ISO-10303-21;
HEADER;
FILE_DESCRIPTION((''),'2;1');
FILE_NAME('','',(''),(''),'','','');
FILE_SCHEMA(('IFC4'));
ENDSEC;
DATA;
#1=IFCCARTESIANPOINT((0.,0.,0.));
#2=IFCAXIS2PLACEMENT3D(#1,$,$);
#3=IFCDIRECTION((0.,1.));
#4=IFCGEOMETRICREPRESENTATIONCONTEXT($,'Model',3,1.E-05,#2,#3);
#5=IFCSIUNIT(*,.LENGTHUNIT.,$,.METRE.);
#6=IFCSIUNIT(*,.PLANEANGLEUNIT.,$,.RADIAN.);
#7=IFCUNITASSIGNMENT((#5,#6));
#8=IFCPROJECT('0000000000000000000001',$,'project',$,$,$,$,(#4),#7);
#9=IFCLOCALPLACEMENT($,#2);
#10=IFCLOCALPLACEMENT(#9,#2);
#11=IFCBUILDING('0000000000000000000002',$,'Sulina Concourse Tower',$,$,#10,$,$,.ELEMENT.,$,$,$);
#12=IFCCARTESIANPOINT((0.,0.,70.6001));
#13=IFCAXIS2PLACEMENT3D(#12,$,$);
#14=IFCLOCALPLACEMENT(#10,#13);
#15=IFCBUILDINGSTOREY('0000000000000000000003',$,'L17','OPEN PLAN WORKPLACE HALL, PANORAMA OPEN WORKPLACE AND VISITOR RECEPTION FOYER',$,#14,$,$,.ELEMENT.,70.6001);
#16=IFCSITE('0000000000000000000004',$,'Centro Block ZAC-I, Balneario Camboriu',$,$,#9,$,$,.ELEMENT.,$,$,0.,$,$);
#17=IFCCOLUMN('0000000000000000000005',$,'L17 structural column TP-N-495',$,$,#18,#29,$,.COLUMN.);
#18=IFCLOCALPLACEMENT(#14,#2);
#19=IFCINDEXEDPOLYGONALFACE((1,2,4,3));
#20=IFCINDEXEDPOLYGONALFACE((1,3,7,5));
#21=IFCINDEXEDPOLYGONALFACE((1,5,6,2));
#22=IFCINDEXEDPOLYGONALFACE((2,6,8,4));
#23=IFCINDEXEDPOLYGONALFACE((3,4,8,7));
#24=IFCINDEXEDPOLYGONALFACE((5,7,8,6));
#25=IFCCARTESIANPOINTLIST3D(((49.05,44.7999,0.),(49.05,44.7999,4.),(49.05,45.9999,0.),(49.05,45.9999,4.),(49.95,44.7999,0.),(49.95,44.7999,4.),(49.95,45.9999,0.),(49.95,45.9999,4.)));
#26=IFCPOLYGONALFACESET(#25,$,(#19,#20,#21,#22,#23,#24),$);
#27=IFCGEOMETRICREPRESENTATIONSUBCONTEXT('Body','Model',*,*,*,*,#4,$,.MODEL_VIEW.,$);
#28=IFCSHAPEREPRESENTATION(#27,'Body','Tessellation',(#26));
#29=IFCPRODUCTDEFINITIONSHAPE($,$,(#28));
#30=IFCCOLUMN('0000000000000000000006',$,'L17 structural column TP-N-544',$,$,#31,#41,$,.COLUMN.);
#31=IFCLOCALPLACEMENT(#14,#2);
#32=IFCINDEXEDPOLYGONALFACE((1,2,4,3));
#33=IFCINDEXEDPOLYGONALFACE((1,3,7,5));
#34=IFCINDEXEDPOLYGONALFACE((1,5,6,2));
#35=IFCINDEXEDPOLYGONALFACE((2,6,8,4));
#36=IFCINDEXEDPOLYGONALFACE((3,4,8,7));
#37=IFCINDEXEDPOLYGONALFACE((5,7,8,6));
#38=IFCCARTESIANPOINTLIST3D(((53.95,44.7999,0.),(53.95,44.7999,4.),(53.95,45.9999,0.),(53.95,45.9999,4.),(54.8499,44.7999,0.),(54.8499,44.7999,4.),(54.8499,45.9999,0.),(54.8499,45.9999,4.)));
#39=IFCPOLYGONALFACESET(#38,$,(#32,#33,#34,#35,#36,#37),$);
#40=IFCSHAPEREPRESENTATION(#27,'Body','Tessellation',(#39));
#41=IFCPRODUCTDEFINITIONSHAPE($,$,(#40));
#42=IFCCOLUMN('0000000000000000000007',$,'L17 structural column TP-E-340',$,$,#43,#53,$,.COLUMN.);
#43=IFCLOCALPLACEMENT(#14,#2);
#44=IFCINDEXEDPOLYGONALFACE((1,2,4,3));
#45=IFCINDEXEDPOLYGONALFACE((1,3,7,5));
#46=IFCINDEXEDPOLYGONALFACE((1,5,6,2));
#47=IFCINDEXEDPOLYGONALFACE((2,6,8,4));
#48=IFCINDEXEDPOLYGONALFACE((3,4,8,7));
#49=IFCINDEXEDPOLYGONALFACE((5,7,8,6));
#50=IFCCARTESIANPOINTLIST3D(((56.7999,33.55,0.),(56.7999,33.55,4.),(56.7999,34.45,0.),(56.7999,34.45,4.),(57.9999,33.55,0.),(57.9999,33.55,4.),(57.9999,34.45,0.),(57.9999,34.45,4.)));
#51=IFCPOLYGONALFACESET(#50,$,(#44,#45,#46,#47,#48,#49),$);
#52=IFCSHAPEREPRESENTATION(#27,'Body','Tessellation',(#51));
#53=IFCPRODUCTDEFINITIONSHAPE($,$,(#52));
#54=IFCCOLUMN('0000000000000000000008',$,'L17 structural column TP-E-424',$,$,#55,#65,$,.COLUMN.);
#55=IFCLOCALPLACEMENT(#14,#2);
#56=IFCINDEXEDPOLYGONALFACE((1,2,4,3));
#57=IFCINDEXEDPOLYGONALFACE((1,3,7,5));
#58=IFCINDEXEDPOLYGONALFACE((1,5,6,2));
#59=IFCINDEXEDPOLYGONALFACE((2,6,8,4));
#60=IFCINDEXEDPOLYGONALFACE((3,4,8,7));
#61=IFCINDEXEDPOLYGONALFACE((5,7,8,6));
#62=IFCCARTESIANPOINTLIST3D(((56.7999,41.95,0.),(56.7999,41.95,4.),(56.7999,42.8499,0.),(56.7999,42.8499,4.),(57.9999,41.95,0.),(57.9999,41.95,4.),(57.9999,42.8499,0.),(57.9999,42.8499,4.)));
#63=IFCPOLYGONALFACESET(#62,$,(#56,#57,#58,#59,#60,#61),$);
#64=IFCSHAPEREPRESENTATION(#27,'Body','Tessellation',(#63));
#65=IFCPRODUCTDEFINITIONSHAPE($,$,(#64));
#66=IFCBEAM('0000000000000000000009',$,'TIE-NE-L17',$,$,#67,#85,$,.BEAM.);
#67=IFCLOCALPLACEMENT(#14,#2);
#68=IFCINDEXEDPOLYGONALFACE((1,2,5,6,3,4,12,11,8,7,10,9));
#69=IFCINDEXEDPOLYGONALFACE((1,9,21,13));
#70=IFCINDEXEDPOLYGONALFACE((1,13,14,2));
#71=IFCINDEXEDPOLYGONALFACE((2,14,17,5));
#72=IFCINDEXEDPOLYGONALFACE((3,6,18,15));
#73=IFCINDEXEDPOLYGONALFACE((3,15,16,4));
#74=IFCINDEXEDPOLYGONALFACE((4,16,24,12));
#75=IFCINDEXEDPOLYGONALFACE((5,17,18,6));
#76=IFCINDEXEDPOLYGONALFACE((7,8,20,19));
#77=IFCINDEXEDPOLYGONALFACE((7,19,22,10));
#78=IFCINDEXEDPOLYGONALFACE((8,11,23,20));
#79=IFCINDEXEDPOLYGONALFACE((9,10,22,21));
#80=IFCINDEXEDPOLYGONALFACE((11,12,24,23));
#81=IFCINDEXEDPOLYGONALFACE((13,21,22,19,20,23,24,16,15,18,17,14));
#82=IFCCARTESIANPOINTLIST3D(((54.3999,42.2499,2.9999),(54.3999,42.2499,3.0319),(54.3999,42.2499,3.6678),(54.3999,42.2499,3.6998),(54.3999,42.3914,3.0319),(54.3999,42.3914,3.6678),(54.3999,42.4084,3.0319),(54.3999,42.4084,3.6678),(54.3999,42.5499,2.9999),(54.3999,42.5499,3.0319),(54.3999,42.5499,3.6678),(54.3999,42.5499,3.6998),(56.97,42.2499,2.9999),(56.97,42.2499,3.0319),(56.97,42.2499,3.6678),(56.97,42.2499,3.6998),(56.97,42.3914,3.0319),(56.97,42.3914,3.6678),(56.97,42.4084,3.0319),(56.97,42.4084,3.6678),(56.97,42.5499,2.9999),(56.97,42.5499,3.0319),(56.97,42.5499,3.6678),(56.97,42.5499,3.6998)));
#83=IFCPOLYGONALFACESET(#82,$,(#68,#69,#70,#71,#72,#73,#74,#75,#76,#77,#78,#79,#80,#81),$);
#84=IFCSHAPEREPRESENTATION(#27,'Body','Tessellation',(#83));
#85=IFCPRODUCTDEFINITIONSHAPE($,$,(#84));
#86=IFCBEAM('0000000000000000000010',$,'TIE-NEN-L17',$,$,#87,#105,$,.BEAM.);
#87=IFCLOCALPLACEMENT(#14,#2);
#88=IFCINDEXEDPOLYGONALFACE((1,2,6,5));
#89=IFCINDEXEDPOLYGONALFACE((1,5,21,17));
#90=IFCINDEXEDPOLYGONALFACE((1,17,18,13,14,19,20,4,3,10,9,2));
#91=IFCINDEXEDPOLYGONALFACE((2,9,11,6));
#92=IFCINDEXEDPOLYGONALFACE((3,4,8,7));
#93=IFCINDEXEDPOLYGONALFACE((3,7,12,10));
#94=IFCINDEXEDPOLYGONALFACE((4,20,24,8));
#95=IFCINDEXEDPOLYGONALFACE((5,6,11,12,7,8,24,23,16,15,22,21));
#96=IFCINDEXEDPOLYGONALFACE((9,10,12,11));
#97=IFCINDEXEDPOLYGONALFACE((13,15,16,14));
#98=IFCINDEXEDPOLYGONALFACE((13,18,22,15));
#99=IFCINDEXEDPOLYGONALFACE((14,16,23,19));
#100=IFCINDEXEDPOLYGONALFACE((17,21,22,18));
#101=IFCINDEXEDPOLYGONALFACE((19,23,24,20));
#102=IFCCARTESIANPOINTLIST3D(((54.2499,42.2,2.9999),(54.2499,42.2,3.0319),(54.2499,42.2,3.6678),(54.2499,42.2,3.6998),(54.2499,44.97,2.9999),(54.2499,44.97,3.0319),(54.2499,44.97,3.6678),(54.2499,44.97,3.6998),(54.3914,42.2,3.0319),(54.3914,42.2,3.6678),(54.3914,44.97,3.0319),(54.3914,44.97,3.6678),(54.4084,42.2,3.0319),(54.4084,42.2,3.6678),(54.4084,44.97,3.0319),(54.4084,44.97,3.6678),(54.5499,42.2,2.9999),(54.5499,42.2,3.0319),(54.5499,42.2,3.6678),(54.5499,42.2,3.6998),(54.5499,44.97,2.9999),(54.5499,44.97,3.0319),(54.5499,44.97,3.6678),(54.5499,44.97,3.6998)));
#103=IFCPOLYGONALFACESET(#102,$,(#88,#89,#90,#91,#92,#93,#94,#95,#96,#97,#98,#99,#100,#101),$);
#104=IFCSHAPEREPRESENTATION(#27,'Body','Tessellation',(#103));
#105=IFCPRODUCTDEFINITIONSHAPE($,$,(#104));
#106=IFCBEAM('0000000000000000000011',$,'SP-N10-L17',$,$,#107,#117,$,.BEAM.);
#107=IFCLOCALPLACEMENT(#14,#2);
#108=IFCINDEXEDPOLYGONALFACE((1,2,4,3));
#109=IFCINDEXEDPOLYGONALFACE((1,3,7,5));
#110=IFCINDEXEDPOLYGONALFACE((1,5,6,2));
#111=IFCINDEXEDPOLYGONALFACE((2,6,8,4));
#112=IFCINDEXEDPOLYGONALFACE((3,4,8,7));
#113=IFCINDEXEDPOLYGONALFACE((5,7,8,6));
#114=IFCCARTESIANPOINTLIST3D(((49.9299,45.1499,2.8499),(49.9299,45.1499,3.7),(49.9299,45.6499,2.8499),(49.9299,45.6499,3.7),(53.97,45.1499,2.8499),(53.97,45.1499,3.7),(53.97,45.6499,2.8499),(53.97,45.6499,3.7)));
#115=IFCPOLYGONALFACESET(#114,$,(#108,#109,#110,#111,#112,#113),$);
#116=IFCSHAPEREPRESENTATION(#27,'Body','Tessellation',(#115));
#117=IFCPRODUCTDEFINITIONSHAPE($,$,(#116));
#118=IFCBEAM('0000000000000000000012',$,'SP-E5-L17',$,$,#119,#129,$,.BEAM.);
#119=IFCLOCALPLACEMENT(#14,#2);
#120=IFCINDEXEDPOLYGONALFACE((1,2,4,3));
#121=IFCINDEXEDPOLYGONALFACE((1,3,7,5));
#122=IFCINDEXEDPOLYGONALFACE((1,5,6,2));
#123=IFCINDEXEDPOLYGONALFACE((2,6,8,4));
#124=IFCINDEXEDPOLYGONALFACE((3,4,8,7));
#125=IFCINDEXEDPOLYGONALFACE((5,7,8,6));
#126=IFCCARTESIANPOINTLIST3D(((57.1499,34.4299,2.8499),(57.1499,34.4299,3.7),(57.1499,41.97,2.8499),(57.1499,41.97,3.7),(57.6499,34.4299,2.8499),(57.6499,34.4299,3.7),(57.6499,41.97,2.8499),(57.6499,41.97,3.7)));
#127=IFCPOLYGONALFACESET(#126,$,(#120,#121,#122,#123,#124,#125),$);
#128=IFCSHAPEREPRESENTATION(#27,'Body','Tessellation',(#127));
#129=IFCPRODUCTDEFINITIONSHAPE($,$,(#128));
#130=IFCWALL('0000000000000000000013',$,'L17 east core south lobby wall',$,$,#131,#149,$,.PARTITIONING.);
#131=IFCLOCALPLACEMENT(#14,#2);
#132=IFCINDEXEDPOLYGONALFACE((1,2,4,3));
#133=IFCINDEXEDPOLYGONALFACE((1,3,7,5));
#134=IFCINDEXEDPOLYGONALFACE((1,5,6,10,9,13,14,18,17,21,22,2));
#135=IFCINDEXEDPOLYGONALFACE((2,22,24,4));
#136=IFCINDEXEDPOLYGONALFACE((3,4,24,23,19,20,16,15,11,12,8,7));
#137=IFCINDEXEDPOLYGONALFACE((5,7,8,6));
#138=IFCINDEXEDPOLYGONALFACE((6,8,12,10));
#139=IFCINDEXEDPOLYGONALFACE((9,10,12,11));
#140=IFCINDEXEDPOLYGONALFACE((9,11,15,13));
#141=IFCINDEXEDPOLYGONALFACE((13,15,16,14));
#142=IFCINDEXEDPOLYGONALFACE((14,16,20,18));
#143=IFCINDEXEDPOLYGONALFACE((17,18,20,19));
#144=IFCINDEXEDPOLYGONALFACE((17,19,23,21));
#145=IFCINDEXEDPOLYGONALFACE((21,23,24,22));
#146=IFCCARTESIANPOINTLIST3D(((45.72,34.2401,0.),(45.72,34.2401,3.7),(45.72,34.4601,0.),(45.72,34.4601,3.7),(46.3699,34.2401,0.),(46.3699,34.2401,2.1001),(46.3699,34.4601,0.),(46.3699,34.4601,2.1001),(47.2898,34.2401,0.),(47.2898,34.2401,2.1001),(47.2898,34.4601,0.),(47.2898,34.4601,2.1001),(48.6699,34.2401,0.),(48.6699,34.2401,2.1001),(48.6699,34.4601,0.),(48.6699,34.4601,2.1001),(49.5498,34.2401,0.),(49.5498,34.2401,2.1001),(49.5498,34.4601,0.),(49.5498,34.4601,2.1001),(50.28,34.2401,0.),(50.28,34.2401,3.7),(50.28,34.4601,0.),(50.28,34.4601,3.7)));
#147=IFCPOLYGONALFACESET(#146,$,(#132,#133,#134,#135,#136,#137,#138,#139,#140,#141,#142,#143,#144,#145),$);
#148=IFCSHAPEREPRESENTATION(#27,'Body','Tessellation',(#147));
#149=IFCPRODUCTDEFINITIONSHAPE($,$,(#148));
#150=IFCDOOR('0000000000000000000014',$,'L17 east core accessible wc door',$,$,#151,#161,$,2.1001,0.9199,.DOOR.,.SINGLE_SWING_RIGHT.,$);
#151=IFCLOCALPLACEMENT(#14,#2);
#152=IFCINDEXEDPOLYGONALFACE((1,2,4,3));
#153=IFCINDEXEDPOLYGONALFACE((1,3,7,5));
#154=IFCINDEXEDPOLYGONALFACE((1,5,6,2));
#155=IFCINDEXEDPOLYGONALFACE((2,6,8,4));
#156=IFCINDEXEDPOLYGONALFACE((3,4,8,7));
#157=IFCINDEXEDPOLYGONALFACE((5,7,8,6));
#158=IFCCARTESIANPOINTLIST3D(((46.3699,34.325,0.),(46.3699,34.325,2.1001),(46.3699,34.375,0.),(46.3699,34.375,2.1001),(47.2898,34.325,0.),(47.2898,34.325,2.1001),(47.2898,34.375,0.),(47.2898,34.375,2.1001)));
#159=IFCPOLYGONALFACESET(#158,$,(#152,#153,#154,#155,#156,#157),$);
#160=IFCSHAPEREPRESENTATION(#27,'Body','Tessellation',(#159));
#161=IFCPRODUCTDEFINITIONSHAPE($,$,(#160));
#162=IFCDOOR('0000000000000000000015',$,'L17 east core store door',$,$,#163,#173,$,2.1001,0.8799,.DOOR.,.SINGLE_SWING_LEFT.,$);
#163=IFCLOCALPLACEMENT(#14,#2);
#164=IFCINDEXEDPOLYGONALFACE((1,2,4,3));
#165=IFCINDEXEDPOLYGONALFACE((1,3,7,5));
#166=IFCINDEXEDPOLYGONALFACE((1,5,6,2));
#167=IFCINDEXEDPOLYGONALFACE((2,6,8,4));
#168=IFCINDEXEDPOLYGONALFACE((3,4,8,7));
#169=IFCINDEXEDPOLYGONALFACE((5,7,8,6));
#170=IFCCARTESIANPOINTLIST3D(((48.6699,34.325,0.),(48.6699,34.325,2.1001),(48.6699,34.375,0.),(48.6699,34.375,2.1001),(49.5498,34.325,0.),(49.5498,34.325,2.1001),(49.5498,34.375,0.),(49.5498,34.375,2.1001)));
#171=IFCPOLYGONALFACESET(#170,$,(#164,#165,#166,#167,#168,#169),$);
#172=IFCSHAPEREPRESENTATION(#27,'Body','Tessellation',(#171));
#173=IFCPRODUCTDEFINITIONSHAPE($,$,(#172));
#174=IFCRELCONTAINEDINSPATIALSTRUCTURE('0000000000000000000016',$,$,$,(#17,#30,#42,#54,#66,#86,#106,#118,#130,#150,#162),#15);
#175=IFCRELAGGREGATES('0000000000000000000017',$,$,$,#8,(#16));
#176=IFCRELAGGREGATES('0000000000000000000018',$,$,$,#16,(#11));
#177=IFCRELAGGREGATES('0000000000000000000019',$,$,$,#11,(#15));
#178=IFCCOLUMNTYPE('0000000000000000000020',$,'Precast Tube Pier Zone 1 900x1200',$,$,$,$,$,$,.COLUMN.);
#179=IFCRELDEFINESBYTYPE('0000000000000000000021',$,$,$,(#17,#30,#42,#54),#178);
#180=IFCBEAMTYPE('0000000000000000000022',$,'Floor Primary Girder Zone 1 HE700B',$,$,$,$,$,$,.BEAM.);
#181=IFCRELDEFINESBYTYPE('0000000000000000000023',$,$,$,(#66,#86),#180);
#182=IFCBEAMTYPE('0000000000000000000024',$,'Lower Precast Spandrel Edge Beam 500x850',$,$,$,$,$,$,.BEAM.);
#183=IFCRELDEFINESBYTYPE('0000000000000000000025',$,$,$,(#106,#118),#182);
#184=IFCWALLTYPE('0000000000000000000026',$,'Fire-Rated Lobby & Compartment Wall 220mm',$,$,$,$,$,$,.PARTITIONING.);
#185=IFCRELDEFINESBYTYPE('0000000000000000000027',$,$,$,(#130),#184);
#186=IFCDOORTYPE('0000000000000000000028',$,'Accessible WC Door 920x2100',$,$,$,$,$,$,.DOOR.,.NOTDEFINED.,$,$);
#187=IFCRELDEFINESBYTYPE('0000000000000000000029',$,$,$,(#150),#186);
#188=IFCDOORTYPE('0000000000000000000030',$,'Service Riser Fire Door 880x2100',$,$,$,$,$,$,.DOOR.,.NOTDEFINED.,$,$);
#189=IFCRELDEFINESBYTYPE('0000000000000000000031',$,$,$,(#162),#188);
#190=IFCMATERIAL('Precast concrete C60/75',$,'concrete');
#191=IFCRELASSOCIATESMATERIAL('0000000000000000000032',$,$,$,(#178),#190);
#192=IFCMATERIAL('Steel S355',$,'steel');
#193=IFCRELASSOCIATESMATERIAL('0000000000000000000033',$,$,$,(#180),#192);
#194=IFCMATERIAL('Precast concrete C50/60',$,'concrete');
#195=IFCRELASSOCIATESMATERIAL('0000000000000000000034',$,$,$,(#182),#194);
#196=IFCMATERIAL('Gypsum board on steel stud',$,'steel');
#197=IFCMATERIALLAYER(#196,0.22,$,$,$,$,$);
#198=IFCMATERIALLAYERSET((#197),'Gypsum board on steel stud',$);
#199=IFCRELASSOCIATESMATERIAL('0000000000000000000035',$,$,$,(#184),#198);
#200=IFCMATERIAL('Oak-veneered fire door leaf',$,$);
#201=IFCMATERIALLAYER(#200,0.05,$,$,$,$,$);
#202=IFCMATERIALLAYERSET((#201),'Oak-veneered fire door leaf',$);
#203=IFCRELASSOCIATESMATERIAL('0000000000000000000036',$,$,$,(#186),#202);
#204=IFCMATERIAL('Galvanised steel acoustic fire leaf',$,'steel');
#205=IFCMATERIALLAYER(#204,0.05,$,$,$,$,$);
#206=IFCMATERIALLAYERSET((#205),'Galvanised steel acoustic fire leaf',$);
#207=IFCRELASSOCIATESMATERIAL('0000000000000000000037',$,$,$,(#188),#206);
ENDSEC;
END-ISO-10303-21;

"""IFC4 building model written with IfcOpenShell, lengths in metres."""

from ifc_helpers import new_model, si_unit, direction, frame, frame_2d, origin, origin_2d, place, context, subcontext, project, spatial, rectangle, i_section, extrude, material, layer, layer_set, material_profile, profile_set, type_object, element, fill, save


model = new_model("IFC4")

# Units and contexts
model_context = context("Model", 3, precision=1e-05, world=origin(), true_north=direction((0.0, 1.0)))
body_context = subcontext(model_context, "Body", "Model", "MODEL_VIEW")
ifc_project = project(units=[si_unit("LENGTHUNIT", "METRE"), si_unit("PLANEANGLEUNIT", "RADIAN")], contexts=[model_context])

# Site, building, storey
site_placement = place(None, origin())
site = spatial("IfcSite", under=ifc_project, at=site_placement, Name="Centro Block ZAC-I, Balneario Camboriu", CompositionType="ELEMENT", RefElevation=0.0)
building_placement = place(site_placement, origin())
building = spatial("IfcBuilding", under=site, at=building_placement, Name="Sulina Concourse Tower", CompositionType="ELEMENT")
storey_placement = place(building_placement, frame((0.0, 0.0, 70.6001)))
storey = spatial("IfcBuildingStorey", under=building, at=storey_placement, Name="L17", Description="OPEN PLAN WORKPLACE HALL, PANORAMA OPEN WORKPLACE AND VISITOR RECEPTION FOYER", CompositionType="ELEMENT", Elevation=70.6001)

# Columns
ifc_material_1 = material(Name="Precast concrete C60/75", Category="concrete")
ifc_material_profile_1 = material_profile(ifc_material_1, rectangle(XDim=0.8999, YDim=1.2, at=origin_2d()), Name="PC 900x1200")
ifc_profile_set_1 = profile_set([ifc_material_profile_1], Name="Precast concrete C60/75")
column_type = type_object("IfcColumnType", Name="Precast Tube Pier Zone 1 900x1200", PredefinedType="COLUMN", material=ifc_profile_set_1)
for number, where, z_axis, x_axis, name in (
    (1, (49.5, 45.3999, 0.0), (0.0, 0.0, 1.0), (1.0, 0.0, 0.0), "L17 structural column TP-N-495"),
    (2, (54.3999, 45.3999, 0.0), (0.0, 0.0, 1.0), (1.0, 0.0, 0.0), "L17 structural column TP-N-544"),
    (3, (57.3999, 34.0, 0.0), (0.0, 0.0, 1.0), (0.0, 1.0, 0.0), "L17 structural column TP-E-340"),
    (4, (57.3999, 42.3999, 0.0), (0.0, 0.0, 1.0), (0.0, 1.0, 0.0), "L17 structural column TP-E-424"),
):
    element("IfcColumn", number, at=place(storey_placement, frame(where, z_axis=z_axis, x_axis=x_axis)), inside=storey, type_object=column_type, Name=name, PredefinedType="COLUMN", context=body_context, shape_type="SweptSolid", body=[
        extrude(rectangle(XDim=0.8999, YDim=1.2, at=origin_2d()), origin(), (0.0, 0.0, 1.0), 4.0),
    ])

# Beams
ifc_material_2 = material(Name="Steel S355", Category="steel")
ifc_material_profile_2 = material_profile(ifc_material_2, i_section(OverallWidth=0.3, OverallDepth=0.7, WebThickness=0.0171, FlangeThickness=0.032, at=origin_2d()), Name="HE 700 B")
ifc_profile_set_2 = profile_set([ifc_material_profile_2], Name="Steel S355")
beam_type_1 = type_object("IfcBeamType", Name="Floor Primary Girder Zone 1 HE700B", PredefinedType="BEAM", material=ifc_profile_set_2)
beam_1_placement = place(storey_placement, frame((54.3999, 42.3999, 3.3499), z_axis=(1.0, 0.0, 0.0), x_axis=(0.0, 1.0, 0.0)))
element("IfcBeam", 5, at=beam_1_placement, inside=storey, type_object=beam_type_1, Name="TIE-NE-L17", PredefinedType="BEAM", context=body_context, shape_type="SweptSolid", body=[
    extrude(i_section(OverallWidth=0.3, OverallDepth=0.7, WebThickness=0.0171, FlangeThickness=0.032, at=origin_2d()), origin(), (0.0, 0.0, 1.0), 2.5701),
])
beam_2_placement = place(storey_placement, frame((54.3999, 42.2, 3.3499), z_axis=(0.0, 1.0, 0.0), x_axis=(-1.0, 0.0, 0.0)))
element("IfcBeam", 6, at=beam_2_placement, inside=storey, type_object=beam_type_1, Name="TIE-NEN-L17", PredefinedType="BEAM", context=body_context, shape_type="SweptSolid", body=[
    extrude(i_section(OverallWidth=0.3, OverallDepth=0.7, WebThickness=0.0171, FlangeThickness=0.032, at=origin_2d()), origin(), (0.0, 0.0, 1.0), 2.77),
])
ifc_material_3 = material(Name="Precast concrete C50/60", Category="concrete")
ifc_material_profile_3 = material_profile(ifc_material_3, rectangle(XDim=0.5, YDim=0.8501, at=origin_2d()), Name="RC 500x850")
ifc_profile_set_3 = profile_set([ifc_material_profile_3], Name="Precast concrete C50/60")
beam_type_2 = type_object("IfcBeamType", Name="Lower Precast Spandrel Edge Beam 500x850", PredefinedType="BEAM", material=ifc_profile_set_3)
beam_3_placement = place(storey_placement, frame((49.9299, 45.3999, 3.2749), z_axis=(1.0, 0.0, 0.0), x_axis=(0.0, 1.0, 0.0)))
element("IfcBeam", 7, at=beam_3_placement, inside=storey, type_object=beam_type_2, Name="SP-N10-L17", PredefinedType="BEAM", context=body_context, shape_type="SweptSolid", body=[
    extrude(rectangle(XDim=0.5, YDim=0.8501, at=origin_2d()), origin(), (0.0, 0.0, 1.0), 4.04),
])
beam_4_placement = place(storey_placement, frame((57.3999, 34.4299, 3.2749), z_axis=(0.0, 1.0, 0.0), x_axis=(-1.0, 0.0, 0.0)))
element("IfcBeam", 8, at=beam_4_placement, inside=storey, type_object=beam_type_2, Name="SP-E5-L17", PredefinedType="BEAM", context=body_context, shape_type="SweptSolid", body=[
    extrude(rectangle(XDim=0.5, YDim=0.8501, at=origin_2d()), origin(), (0.0, 0.0, 1.0), 7.54),
])

# Wall, openings, doors
ifc_material_4 = material(Name="Gypsum board on steel stud", Category="steel")
ifc_layer_1 = layer(ifc_material_4, 0.22)
ifc_layer_set_1 = layer_set([ifc_layer_1], Name="Gypsum board on steel stud")
wall_type_1 = type_object("IfcWallType", Name="Fire-Rated Lobby & Compartment Wall 220mm", PredefinedType="PARTITIONING", material=ifc_layer_set_1)
wall_1_placement = place(storey_placement, frame((45.72, 34.3501, 0.0), z_axis=(0.0, 0.0, 1.0), x_axis=(1.0, 0.0, 0.0)))
wall_1 = element("IfcWall", 9, at=wall_1_placement, inside=storey, type_object=wall_type_1, Name="L17 east core south lobby wall", PredefinedType="PARTITIONING", context=body_context, shape_type="SweptSolid", body=[
    extrude(rectangle(XDim=4.5601, YDim=0.22, at=frame_2d((2.28, 0.0))), origin(), (0.0, 0.0, 1.0), 3.7),
])
opening_1_placement = place(wall_1_placement, frame((0.6499, 0.0, 0.0)))
opening_1 = element("IfcOpeningElement", 10, at=opening_1_placement, cuts=wall_1, PredefinedType="OPENING", context=body_context, shape_type="SweptSolid", body=[
    extrude(rectangle(XDim=0.9199, YDim=2.1001, at=frame_2d((0.46, 1.05))), frame((0.0, 0.1199, 0.0), z_axis=(0.0, -1.0, 0.0), x_axis=(1.0, 0.0, 0.0)), (0.0, 0.0, 1.0), 0.24),
])
opening_2_placement = place(wall_1_placement, frame((2.95, 0.0, 0.0)))
opening_2 = element("IfcOpeningElement", 11, at=opening_2_placement, cuts=wall_1, PredefinedType="OPENING", context=body_context, shape_type="SweptSolid", body=[
    extrude(rectangle(XDim=0.8799, YDim=2.1001, at=frame_2d((0.4399, 1.05))), frame((0.0, 0.1199, 0.0), z_axis=(0.0, -1.0, 0.0), x_axis=(1.0, 0.0, 0.0)), (0.0, 0.0, 1.0), 0.24),
])
ifc_material_5 = material(Name="Oak-veneered fire door leaf")
ifc_layer_2 = layer(ifc_material_5, 0.05)
ifc_layer_set_2 = layer_set([ifc_layer_2], Name="Oak-veneered fire door leaf")
door_type_1 = type_object("IfcDoorType", Name="Accessible WC Door 920x2100", OperationType="NOTDEFINED", PredefinedType="DOOR", material=ifc_layer_set_2)
door_1_placement = place(opening_1_placement, origin())
door_1 = element("IfcDoor", 12, at=door_1_placement, inside=storey, type_object=door_type_1, Name="L17 east core accessible wc door", OperationType="SINGLE_SWING_RIGHT", OverallHeight=2.1001, OverallWidth=0.9199, PredefinedType="DOOR", context=body_context, shape_type="SweptSolid", body=[
    extrude(rectangle(XDim=0.9199, YDim=2.1001, at=frame_2d((0.46, 1.05))), frame((0.0, 0.0249, 0.0), z_axis=(0.0, -1.0, 0.0), x_axis=(1.0, 0.0, 0.0)), (0.0, 0.0, 1.0), 0.05),
])
fill(opening_1, door_1)
ifc_material_6 = material(Name="Galvanised steel acoustic fire leaf", Category="steel")
ifc_layer_3 = layer(ifc_material_6, 0.05)
ifc_layer_set_3 = layer_set([ifc_layer_3], Name="Galvanised steel acoustic fire leaf")
door_type_2 = type_object("IfcDoorType", Name="Service Riser Fire Door 880x2100", OperationType="NOTDEFINED", PredefinedType="DOOR", material=ifc_layer_set_3)
door_2_placement = place(opening_2_placement, origin())
door_2 = element("IfcDoor", 13, at=door_2_placement, inside=storey, type_object=door_type_2, Name="L17 east core store door", OperationType="SINGLE_SWING_LEFT", OverallHeight=2.1001, OverallWidth=0.8799, PredefinedType="DOOR", context=body_context, shape_type="SweptSolid", body=[
    extrude(rectangle(XDim=0.8799, YDim=2.1001, at=frame_2d((0.4399, 1.05))), frame((0.0, 0.0249, 0.0), z_axis=(0.0, -1.0, 0.0), x_axis=(1.0, 0.0, 0.0)), (0.0, 0.0, 1.0), 0.05),
])
fill(opening_2, door_2)

save(model, "model.ifc")
